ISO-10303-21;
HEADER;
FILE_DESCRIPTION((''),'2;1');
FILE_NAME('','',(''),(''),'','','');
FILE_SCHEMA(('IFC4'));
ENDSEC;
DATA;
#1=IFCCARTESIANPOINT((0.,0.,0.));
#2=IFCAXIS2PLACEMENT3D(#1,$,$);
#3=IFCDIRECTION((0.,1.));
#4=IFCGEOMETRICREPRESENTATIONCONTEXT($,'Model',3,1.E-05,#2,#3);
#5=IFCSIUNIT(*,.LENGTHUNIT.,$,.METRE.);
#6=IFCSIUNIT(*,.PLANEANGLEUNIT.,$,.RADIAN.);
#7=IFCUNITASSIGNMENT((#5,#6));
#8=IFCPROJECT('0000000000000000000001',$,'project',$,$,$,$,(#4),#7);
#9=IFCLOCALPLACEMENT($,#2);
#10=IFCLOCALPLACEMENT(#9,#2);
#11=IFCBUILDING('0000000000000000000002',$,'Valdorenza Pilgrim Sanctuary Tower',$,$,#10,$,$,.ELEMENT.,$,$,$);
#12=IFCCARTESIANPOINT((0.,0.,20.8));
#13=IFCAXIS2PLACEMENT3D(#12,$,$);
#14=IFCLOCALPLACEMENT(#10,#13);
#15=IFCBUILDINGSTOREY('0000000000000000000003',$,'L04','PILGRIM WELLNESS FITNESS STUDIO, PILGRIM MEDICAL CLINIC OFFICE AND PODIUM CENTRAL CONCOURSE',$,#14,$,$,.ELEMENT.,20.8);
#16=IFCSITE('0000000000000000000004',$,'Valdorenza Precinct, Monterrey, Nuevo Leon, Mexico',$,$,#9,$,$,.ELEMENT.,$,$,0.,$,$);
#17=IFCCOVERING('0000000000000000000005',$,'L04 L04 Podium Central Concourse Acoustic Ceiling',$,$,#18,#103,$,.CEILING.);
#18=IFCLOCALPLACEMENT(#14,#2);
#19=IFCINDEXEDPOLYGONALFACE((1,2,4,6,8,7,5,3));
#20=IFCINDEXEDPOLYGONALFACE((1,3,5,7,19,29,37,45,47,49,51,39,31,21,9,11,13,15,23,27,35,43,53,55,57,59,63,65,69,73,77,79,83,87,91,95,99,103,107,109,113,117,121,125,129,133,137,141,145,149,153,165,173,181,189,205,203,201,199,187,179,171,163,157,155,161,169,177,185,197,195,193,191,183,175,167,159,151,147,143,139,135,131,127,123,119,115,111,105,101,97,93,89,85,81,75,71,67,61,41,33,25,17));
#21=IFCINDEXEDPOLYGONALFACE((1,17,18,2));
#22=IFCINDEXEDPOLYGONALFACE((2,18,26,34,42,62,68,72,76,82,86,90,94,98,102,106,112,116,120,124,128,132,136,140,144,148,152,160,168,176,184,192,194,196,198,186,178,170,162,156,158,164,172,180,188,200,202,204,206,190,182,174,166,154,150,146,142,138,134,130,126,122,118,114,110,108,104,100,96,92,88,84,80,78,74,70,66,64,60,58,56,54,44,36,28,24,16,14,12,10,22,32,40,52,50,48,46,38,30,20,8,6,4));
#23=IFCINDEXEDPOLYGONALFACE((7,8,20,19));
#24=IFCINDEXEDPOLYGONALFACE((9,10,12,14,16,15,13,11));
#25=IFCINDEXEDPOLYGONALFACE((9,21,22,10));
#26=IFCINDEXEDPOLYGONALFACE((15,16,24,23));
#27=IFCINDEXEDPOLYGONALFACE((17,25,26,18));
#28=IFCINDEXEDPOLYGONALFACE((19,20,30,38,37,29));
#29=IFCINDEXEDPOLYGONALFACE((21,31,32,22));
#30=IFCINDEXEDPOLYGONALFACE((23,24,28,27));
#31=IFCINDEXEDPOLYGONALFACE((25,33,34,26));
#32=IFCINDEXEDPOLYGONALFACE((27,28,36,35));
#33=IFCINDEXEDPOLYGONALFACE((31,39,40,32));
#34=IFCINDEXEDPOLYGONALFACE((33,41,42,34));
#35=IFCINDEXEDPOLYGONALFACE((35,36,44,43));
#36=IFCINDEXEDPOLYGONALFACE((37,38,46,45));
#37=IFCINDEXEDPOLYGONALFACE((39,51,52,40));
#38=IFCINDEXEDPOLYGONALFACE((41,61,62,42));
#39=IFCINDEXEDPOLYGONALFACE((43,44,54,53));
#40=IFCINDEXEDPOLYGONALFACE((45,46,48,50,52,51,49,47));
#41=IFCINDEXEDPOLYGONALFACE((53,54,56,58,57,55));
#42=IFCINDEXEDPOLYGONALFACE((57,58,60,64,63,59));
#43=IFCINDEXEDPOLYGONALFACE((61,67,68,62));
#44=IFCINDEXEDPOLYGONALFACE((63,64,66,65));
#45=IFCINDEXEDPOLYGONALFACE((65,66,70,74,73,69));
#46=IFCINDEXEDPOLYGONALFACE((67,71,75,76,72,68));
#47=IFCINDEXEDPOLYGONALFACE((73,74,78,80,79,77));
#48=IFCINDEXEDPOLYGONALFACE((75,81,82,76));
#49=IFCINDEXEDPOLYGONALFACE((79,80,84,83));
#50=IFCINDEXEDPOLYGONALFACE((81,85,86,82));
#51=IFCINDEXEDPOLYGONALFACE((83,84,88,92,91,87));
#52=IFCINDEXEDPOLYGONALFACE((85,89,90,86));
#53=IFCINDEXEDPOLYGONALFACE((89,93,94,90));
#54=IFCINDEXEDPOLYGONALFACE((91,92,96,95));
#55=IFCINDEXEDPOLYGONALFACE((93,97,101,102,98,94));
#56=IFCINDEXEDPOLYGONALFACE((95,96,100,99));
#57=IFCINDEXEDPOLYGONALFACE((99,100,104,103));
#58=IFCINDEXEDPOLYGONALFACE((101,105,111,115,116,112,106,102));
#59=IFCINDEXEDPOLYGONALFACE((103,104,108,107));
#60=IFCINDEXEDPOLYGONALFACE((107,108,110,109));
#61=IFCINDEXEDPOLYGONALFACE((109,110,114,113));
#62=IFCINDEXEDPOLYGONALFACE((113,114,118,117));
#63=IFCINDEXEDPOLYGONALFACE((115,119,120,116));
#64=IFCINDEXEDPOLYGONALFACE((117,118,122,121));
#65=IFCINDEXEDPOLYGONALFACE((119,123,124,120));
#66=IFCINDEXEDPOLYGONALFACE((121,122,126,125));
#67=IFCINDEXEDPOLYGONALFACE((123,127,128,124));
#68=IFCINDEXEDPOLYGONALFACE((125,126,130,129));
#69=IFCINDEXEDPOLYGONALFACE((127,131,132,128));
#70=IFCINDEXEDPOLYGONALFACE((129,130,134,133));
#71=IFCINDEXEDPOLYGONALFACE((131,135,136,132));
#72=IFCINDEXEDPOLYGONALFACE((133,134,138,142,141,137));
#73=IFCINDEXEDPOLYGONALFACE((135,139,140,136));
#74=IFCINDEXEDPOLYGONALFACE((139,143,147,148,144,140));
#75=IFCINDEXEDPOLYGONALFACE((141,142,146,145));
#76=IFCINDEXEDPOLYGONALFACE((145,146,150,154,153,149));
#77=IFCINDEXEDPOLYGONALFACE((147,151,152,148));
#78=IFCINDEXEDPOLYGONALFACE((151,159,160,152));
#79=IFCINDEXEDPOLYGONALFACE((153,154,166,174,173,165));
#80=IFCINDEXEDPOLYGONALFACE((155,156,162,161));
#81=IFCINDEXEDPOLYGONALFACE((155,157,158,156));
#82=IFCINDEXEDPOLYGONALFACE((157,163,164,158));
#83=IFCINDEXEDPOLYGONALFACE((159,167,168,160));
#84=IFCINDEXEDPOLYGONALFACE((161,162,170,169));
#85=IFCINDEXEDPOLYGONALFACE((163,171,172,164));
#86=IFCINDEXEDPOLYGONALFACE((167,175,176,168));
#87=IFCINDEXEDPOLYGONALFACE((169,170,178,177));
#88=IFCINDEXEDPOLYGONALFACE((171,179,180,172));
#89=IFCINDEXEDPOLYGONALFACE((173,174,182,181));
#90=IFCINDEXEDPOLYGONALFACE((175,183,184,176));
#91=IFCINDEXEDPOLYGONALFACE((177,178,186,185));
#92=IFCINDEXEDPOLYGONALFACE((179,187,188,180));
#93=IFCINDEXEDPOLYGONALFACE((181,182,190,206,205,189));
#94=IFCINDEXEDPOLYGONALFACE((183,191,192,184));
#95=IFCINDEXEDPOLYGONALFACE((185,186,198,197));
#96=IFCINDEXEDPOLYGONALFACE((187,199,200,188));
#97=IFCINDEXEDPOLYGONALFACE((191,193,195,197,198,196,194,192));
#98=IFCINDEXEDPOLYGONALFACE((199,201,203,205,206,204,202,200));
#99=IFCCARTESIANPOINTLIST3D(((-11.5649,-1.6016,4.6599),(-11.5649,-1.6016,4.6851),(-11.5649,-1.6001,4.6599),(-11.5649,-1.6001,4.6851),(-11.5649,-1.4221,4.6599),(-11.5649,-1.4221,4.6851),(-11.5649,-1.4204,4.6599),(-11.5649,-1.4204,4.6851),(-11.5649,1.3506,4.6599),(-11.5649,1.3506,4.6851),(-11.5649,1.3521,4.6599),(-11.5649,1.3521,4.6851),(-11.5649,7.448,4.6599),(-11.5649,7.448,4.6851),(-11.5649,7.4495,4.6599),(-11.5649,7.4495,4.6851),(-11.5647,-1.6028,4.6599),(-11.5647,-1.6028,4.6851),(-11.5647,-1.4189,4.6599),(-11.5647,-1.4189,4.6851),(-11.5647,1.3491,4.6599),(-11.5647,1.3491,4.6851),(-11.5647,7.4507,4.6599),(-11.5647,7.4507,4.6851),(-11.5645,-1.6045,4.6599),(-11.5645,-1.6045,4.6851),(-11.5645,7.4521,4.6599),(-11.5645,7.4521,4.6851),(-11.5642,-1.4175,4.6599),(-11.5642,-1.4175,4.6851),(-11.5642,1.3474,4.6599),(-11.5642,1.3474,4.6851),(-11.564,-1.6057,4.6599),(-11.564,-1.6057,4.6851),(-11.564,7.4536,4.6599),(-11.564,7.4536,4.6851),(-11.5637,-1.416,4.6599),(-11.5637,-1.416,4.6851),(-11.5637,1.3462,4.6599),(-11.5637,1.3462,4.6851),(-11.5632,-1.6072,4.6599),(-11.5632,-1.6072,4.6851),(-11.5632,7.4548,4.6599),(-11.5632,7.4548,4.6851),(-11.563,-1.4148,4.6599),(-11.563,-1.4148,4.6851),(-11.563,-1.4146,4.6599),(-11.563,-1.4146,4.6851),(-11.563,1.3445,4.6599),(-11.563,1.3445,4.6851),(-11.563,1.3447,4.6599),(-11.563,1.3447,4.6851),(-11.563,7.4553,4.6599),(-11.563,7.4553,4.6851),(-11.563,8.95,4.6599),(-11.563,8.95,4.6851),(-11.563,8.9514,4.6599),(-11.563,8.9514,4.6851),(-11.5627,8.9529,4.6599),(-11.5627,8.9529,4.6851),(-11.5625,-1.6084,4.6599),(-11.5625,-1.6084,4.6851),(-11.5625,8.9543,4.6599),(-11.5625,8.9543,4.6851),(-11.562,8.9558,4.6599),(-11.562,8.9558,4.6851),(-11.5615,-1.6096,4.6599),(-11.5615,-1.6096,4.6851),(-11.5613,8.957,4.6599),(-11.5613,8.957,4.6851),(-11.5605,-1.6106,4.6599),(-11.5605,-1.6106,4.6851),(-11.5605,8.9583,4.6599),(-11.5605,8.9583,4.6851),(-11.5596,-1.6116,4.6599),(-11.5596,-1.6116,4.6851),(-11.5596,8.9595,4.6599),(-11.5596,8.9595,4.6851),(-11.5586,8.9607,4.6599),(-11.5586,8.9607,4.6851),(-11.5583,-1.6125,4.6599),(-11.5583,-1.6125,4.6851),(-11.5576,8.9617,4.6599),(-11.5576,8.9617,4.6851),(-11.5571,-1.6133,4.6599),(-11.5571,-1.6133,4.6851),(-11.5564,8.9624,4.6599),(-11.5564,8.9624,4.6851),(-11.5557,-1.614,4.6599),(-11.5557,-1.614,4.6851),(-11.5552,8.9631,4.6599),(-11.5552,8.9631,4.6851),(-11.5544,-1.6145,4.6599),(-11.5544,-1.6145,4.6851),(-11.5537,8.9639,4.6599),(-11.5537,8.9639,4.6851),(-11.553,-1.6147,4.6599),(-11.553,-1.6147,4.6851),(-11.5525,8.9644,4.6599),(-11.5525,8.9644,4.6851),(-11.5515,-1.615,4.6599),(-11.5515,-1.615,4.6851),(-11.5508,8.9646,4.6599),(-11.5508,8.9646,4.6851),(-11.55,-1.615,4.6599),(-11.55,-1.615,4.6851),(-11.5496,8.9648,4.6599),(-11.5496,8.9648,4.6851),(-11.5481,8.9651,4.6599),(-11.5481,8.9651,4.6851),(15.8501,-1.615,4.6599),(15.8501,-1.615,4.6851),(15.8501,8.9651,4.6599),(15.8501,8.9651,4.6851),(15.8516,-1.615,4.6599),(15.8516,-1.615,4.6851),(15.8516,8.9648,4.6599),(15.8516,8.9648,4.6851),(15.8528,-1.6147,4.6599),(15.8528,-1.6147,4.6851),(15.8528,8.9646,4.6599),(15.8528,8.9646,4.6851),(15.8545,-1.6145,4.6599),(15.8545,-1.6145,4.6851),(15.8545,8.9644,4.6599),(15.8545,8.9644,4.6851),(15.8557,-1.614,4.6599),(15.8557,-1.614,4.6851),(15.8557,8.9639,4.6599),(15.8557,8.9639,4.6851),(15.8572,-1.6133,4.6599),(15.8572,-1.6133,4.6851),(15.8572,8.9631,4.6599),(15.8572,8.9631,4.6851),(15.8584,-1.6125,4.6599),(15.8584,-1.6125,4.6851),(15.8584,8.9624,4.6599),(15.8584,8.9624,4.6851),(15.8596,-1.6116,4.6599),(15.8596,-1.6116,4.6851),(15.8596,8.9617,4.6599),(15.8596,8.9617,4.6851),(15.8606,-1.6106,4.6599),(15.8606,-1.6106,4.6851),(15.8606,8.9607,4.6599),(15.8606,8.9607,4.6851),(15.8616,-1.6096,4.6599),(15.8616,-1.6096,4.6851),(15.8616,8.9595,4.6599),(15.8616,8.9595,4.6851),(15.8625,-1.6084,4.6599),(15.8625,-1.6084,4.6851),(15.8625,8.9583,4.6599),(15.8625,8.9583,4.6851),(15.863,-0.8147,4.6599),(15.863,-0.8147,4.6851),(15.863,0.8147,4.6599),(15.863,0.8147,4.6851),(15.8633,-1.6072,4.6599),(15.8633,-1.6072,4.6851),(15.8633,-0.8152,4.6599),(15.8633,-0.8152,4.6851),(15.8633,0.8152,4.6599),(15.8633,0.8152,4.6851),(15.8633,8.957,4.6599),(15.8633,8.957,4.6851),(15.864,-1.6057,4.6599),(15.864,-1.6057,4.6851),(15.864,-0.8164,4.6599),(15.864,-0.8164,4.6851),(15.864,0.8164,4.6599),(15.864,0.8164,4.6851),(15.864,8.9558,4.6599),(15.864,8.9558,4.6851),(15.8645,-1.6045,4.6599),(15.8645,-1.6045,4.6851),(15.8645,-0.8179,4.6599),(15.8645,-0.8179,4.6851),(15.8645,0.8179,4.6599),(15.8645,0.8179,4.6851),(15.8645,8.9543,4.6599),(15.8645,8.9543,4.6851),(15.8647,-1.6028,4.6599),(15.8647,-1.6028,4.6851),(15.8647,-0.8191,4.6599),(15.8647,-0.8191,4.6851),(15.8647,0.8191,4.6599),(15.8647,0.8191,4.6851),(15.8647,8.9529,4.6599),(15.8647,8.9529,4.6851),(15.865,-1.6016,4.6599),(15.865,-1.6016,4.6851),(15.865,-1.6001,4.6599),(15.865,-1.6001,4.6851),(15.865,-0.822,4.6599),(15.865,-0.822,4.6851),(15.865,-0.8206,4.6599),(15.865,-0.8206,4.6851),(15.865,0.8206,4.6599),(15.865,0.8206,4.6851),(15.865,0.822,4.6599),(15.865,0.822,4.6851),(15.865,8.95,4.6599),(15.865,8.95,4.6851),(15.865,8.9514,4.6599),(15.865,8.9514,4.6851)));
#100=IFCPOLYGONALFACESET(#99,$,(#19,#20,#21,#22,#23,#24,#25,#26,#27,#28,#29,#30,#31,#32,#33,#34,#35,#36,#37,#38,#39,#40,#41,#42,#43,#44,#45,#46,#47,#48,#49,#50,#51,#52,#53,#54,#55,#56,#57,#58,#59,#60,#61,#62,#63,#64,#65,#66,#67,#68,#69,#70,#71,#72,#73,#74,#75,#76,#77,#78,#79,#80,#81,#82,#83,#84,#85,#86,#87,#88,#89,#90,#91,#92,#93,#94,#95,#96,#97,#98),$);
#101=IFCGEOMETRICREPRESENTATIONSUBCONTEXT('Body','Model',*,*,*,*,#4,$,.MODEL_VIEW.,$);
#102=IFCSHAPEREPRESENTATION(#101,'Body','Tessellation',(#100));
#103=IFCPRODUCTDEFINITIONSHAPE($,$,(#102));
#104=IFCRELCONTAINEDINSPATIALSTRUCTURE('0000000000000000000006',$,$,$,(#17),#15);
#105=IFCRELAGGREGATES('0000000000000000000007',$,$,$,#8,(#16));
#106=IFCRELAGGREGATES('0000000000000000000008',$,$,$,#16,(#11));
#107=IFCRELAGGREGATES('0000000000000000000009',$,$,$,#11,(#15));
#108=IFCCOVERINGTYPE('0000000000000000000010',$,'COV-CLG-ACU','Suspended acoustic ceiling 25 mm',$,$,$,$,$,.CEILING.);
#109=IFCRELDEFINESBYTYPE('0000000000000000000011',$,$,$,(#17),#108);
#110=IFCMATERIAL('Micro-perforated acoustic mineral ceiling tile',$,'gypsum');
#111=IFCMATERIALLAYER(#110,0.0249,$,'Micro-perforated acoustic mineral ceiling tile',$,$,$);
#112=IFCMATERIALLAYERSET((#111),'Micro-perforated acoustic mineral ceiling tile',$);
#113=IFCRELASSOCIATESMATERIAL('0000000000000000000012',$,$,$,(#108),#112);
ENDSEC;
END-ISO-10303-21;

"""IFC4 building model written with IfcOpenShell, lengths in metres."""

from ifc_helpers import new_model, si_unit, direction, frame, origin, place, context, subcontext, project, spatial, polyline, outline, extrude, material, layer, layer_set, type_object, element, save


model = new_model("IFC4")

# Units and contexts
model_context = context("Model", 3, precision=1e-05, world=origin(), true_north=direction((0.0, 1.0)))
body_context = subcontext(model_context, "Body", "Model", "MODEL_VIEW")
ifc_project = project(units=[si_unit("LENGTHUNIT", "METRE"), si_unit("PLANEANGLEUNIT", "RADIAN")], contexts=[model_context])

# Site, building, storey
site_placement = place(None, origin())
site = spatial("IfcSite", under=ifc_project, at=site_placement, Name="Valdorenza Precinct, Monterrey, Nuevo Leon, Mexico", CompositionType="ELEMENT", RefElevation=0.0)
building_placement = place(site_placement, origin())
building = spatial("IfcBuilding", under=site, at=building_placement, Name="Valdorenza Pilgrim Sanctuary Tower", CompositionType="ELEMENT")
storey_placement = place(building_placement, frame((0.0, 0.0, 20.8)))
storey = spatial("IfcBuildingStorey", under=building, at=storey_placement, Name="L04", Description="PILGRIM WELLNESS FITNESS STUDIO, PILGRIM MEDICAL CLINIC OFFICE AND PODIUM CENTRAL CONCOURSE", CompositionType="ELEMENT", Elevation=20.8)

# Covering
ifc_material_1 = material(Name="Micro-perforated acoustic mineral ceiling tile", Category="gypsum")
ifc_layer_1 = layer(ifc_material_1, 0.0249, Name="Micro-perforated acoustic mineral ceiling tile")
ifc_layer_set_1 = layer_set([ifc_layer_1], Name="Micro-perforated acoustic mineral ceiling tile")
covering_type_1 = type_object("IfcCoveringType", Name="COV-CLG-ACU", Description="Suspended acoustic ceiling 25 mm", PredefinedType="CEILING", material=ifc_layer_set_1)
covering_1_placement = place(storey_placement, frame((0.0, 0.0, 4.6599)))
element("IfcCovering", 1, at=covering_1_placement, inside=storey, type_object=covering_type_1, Name="L04 L04 Podium Central Concourse Acoustic Ceiling", PredefinedType="CEILING", context=body_context, shape_type="SweptSolid", body=[
    extrude(outline(polyline([(-11.563, -1.4146), (-11.563, 1.3445), (-11.563, 1.3447), (-11.5637, 1.3462), (-11.5642, 1.3474), (-11.5647, 1.3491), (-11.5649, 1.3506), (-11.5649, 1.3521), (-11.5649, 7.448), (-11.5649, 7.4495), (-11.5647, 7.4507), (-11.5645, 7.4521), (-11.564, 7.4536), (-11.5632, 7.4548), (-11.563, 7.4553), (-11.563, 8.95), (-11.563, 8.9514), (-11.5627, 8.9529), (-11.5625, 8.9543), (-11.562, 8.9558), (-11.5613, 8.957), (-11.5605, 8.9583), (-11.5596, 8.9595), (-11.5586, 8.9607), (-11.5576, 8.9617), (-11.5564, 8.9624), (-11.5552, 8.9631), (-11.5537, 8.9639), (-11.5525, 8.9644), (-11.5508, 8.9646), (-11.5496, 8.9648), (-11.5481, 8.9651), (15.8501, 8.9651), (15.8516, 8.9648), (15.8528, 8.9646), (15.8545, 8.9644), (15.8557, 8.9639), (15.8572, 8.9631), (15.8584, 8.9624), (15.8596, 8.9617), (15.8606, 8.9607), (15.8616, 8.9595), (15.8625, 8.9583), (15.8633, 8.957), (15.864, 8.9558), (15.8645, 8.9543), (15.8647, 8.9529), (15.865, 8.9514), (15.865, 8.95), (15.865, 0.822), (15.865, 0.8206), (15.8647, 0.8191), (15.8645, 0.8179), (15.864, 0.8164), (15.8633, 0.8152), (15.863, 0.8147), (15.863, -0.8147), (15.8633, -0.8152), (15.864, -0.8164), (15.8645, -0.8179), (15.8647, -0.8191), (15.865, -0.8206), (15.865, -0.822), (15.865, -1.6001), (15.865, -1.6016), (15.8647, -1.6028), (15.8645, -1.6045), (15.864, -1.6057), (15.8633, -1.6072), (15.8625, -1.6084), (15.8616, -1.6096), (15.8606, -1.6106), (15.8596, -1.6116), (15.8584, -1.6125), (15.8572, -1.6133), (15.8557, -1.614), (15.8545, -1.6145), (15.8528, -1.6147), (15.8516, -1.615), (15.8501, -1.615), (-11.55, -1.615), (-11.5515, -1.615), (-11.553, -1.6147), (-11.5544, -1.6145), (-11.5557, -1.614), (-11.5571, -1.6133), (-11.5583, -1.6125), (-11.5596, -1.6116), (-11.5605, -1.6106), (-11.5615, -1.6096), (-11.5625, -1.6084), (-11.5632, -1.6072), (-11.564, -1.6057), (-11.5645, -1.6045), (-11.5647, -1.6028), (-11.5649, -1.6016), (-11.5649, -1.6001), (-11.5649, -1.4221), (-11.5649, -1.4204), (-11.5647, -1.4189), (-11.5642, -1.4175), (-11.5637, -1.416), (-11.563, -1.4148), (-11.563, -1.4146)])), origin(), (0.0, 0.0, 1.0), 0.0251),
])

save(model, "model.ifc")
